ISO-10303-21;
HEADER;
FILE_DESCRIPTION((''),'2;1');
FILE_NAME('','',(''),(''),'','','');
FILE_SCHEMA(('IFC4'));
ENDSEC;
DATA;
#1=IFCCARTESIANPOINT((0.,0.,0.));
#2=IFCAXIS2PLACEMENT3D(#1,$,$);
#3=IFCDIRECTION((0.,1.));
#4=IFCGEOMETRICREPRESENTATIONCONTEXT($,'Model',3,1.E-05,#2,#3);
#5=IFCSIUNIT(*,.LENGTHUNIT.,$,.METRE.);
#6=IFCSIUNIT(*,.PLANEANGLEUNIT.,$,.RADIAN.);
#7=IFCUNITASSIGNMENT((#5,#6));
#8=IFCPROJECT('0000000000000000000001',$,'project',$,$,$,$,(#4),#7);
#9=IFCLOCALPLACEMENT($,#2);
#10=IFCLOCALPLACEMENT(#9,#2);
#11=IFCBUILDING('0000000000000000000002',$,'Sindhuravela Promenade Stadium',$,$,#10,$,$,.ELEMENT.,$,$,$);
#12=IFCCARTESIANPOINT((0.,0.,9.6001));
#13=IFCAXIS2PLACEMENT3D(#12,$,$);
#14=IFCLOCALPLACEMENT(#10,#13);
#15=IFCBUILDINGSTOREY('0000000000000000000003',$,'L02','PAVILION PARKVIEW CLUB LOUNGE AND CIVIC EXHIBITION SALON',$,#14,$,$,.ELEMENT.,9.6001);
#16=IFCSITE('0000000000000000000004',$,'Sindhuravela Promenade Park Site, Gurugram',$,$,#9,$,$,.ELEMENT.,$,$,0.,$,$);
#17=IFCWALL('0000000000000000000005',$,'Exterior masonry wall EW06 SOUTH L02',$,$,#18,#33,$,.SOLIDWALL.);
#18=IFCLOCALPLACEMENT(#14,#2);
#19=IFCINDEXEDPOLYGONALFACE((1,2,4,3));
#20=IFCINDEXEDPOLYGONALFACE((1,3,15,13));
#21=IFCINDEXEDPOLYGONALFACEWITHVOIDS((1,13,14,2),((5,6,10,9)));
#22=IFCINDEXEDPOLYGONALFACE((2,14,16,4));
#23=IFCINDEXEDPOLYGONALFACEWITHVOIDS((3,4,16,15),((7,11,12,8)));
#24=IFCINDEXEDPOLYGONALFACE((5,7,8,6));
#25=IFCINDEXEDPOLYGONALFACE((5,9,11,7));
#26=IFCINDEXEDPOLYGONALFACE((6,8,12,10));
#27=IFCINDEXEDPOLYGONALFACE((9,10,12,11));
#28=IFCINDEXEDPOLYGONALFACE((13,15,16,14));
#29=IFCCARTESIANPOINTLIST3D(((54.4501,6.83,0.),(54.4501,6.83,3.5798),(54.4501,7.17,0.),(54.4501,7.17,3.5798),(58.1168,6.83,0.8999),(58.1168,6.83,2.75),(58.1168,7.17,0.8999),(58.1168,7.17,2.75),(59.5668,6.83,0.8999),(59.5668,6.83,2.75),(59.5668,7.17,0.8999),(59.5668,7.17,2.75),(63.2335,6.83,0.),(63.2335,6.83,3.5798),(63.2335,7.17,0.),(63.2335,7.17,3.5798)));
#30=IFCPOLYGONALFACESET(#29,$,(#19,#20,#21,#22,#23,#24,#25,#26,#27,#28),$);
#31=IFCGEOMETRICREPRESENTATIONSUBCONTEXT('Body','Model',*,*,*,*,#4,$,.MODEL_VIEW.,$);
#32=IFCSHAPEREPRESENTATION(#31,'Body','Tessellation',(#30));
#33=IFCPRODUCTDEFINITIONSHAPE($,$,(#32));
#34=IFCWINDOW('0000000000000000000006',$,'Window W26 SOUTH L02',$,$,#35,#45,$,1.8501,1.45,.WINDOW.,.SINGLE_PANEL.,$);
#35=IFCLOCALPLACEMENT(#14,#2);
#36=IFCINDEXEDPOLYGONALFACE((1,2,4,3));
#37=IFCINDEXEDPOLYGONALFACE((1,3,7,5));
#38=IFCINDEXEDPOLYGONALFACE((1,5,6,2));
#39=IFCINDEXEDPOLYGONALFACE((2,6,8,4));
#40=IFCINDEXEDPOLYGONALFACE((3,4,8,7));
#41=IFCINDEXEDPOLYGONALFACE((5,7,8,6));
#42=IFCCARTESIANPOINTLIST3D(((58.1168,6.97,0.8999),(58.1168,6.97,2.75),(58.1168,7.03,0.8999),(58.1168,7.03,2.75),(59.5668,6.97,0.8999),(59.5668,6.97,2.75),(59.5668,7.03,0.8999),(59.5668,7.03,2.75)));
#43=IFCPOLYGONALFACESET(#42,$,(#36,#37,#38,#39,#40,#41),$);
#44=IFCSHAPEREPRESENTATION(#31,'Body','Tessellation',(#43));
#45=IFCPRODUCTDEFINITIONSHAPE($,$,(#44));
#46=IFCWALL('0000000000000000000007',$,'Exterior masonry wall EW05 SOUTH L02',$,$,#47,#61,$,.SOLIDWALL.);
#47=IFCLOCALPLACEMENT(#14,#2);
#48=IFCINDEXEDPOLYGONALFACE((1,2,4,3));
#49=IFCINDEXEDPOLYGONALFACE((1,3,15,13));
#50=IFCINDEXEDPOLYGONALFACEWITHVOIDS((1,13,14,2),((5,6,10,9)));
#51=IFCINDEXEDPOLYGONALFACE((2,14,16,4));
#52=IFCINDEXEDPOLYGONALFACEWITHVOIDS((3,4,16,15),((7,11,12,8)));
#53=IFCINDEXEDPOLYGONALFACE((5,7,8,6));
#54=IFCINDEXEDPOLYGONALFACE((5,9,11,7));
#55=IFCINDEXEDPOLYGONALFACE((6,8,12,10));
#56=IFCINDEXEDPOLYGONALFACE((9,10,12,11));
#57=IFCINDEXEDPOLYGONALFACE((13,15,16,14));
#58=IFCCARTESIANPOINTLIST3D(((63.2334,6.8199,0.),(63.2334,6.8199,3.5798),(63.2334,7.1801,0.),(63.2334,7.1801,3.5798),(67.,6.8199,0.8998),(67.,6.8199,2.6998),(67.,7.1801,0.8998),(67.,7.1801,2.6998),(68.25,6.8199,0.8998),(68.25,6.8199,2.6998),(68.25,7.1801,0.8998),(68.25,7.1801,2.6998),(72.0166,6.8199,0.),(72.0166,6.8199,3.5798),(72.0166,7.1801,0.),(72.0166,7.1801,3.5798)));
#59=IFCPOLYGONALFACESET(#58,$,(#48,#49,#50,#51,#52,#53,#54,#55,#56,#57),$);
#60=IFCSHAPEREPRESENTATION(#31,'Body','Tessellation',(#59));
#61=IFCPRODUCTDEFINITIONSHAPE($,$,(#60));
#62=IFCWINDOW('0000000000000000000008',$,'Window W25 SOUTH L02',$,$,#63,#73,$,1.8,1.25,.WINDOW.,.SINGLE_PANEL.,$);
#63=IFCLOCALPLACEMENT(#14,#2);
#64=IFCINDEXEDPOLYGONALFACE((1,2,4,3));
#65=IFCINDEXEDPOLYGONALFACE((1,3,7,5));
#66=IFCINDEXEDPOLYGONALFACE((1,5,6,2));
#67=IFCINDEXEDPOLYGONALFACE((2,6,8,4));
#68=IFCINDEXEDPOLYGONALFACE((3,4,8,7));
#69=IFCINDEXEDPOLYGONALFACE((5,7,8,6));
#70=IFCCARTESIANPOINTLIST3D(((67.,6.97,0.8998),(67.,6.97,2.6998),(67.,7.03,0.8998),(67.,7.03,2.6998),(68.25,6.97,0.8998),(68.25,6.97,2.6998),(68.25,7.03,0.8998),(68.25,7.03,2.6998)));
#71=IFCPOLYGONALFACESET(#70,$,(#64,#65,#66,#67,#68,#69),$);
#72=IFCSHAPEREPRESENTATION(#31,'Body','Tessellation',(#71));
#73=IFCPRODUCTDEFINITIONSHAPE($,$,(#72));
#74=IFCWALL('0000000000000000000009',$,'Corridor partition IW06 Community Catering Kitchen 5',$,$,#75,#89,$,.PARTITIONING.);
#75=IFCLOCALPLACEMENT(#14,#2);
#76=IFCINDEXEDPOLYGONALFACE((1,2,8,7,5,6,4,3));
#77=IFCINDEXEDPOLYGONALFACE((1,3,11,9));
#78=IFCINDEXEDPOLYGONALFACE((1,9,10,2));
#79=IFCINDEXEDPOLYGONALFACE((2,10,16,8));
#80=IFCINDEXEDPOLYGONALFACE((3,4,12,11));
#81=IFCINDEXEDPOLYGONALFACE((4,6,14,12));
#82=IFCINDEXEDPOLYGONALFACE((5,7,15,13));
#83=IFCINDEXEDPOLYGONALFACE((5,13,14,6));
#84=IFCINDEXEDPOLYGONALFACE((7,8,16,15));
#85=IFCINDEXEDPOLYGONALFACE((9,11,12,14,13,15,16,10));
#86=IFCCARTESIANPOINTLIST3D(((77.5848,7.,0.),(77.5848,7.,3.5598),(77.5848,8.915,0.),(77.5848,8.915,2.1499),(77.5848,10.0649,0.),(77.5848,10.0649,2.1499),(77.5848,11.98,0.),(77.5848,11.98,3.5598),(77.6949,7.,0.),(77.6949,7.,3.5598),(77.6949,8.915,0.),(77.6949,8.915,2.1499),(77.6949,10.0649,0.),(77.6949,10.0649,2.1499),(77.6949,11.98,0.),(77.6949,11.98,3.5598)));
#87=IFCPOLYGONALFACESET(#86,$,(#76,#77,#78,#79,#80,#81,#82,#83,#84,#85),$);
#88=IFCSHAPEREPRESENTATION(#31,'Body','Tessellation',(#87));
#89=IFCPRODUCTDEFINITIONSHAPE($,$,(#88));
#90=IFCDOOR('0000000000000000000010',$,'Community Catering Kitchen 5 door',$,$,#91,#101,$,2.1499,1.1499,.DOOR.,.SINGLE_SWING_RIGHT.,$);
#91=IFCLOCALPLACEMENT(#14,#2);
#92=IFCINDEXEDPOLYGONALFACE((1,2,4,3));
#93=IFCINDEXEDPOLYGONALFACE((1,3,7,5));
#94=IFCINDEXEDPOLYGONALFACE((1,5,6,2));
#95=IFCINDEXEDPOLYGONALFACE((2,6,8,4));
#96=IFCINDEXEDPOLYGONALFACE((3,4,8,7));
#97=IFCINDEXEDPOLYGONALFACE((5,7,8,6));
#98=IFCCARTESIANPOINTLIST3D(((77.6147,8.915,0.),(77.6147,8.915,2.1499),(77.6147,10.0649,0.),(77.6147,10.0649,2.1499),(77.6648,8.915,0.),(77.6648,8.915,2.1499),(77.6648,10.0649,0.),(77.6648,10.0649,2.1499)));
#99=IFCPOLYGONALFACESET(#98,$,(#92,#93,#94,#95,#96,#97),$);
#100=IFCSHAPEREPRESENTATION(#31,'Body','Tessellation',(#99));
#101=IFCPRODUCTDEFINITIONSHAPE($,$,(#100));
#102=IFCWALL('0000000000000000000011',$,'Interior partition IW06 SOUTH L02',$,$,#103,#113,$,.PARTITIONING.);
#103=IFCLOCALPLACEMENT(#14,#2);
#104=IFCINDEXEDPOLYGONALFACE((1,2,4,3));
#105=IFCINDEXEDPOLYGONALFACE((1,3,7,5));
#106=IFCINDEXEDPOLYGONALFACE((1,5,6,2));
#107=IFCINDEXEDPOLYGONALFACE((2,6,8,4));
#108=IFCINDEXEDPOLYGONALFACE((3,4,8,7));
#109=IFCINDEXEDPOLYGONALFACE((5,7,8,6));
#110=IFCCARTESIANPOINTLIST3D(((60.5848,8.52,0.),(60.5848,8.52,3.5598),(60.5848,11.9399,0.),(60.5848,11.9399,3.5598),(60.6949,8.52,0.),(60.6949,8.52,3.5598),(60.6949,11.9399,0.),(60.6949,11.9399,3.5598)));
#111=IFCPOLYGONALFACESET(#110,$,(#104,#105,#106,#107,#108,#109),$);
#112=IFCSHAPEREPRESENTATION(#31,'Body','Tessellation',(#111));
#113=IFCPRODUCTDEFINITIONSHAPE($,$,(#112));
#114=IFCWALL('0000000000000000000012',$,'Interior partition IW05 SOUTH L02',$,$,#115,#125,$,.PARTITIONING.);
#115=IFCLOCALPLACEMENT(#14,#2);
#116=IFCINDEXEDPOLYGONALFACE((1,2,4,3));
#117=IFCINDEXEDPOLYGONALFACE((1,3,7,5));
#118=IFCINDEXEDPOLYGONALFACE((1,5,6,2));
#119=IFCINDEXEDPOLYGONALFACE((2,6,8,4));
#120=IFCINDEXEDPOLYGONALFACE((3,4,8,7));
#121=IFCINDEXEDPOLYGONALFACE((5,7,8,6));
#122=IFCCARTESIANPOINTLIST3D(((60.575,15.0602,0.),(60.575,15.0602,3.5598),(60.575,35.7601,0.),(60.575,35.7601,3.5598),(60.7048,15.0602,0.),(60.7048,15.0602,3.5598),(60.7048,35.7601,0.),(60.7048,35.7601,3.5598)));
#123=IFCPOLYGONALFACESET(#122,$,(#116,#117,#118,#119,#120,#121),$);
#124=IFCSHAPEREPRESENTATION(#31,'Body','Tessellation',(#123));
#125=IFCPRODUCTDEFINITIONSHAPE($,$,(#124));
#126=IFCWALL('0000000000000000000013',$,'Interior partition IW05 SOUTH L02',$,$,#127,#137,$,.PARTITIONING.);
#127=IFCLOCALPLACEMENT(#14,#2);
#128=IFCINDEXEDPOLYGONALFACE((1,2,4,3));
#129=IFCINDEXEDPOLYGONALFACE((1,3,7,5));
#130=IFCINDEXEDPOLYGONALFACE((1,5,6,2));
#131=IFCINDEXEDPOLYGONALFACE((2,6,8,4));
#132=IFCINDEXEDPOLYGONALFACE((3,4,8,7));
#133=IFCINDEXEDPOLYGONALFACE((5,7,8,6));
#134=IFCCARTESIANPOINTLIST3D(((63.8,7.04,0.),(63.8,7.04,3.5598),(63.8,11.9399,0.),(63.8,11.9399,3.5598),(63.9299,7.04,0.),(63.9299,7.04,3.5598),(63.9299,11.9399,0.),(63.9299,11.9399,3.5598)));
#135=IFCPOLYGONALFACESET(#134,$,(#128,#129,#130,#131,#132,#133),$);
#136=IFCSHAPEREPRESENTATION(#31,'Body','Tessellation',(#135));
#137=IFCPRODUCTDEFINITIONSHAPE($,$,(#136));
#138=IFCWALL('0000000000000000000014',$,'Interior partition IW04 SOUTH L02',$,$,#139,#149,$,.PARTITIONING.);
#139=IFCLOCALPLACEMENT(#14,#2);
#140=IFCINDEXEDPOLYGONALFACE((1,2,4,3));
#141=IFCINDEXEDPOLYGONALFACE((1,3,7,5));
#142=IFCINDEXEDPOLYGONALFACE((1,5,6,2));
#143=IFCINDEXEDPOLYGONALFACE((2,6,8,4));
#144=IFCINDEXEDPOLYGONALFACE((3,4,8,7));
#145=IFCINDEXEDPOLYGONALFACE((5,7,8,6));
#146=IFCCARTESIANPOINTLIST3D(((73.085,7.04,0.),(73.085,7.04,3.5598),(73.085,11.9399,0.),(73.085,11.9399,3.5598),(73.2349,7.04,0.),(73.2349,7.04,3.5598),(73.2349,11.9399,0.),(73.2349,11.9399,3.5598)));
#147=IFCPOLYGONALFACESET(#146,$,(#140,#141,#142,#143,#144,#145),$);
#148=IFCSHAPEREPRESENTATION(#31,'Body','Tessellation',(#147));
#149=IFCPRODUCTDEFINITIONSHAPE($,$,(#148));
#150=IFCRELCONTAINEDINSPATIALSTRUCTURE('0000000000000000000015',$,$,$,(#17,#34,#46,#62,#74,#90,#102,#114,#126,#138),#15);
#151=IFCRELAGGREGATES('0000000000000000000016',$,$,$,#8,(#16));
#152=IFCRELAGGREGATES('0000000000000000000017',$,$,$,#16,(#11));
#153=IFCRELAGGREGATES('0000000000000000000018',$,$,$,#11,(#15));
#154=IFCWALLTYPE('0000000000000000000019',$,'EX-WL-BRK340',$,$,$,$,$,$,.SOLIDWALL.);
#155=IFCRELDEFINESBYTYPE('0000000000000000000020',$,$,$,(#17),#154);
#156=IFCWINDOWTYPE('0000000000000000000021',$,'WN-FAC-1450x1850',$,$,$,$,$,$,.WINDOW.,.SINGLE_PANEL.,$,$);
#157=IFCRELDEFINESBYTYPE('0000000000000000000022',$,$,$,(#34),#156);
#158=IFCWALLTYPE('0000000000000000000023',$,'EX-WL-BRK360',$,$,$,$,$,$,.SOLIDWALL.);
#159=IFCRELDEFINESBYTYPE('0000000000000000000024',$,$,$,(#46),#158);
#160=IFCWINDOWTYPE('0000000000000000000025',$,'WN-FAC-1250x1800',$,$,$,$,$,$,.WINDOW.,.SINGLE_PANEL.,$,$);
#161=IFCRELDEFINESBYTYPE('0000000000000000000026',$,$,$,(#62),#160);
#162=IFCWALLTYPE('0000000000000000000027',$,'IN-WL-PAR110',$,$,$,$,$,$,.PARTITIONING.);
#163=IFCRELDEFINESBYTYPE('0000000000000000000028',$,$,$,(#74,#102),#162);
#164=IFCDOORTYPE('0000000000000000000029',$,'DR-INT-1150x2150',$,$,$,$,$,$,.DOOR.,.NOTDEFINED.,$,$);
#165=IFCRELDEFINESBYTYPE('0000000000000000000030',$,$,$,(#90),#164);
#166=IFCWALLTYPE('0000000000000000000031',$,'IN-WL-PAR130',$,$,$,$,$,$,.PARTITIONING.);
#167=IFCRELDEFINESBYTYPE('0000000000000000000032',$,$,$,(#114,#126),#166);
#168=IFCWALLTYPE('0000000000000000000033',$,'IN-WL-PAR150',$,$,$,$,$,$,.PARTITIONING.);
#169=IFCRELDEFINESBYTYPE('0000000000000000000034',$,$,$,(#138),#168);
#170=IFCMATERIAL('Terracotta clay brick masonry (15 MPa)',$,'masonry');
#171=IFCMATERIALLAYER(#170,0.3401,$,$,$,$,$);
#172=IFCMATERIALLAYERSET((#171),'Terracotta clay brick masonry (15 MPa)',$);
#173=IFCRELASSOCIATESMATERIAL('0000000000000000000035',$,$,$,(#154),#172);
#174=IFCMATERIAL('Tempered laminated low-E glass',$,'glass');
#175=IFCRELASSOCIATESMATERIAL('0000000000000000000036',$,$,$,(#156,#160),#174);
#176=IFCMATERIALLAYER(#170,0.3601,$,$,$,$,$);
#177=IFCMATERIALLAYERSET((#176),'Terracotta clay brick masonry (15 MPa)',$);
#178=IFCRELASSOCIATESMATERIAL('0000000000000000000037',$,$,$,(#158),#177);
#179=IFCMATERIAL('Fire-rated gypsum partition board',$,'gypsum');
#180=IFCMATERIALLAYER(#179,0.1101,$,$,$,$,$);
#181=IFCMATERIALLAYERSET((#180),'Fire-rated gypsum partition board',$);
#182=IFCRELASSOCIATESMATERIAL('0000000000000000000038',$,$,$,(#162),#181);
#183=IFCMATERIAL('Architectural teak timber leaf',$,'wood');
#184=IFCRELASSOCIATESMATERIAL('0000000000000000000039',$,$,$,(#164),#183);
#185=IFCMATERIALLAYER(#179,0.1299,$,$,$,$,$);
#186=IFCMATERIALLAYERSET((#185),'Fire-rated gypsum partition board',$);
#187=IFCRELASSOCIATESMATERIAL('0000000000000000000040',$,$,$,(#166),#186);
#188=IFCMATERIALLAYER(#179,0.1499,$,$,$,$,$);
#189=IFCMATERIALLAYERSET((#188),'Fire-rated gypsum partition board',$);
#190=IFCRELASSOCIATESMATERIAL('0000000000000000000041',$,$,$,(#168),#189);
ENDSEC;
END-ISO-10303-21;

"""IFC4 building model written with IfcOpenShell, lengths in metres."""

from ifc_helpers import new_model, si_unit, direction, frame, frame_2d, origin, place, context, subcontext, project, spatial, rectangle, extrude, material, layer, layer_set, type_object, element, fill, save


model = new_model("IFC4")

# Units and contexts
model_context = context("Model", 3, precision=1e-05, world=origin(), true_north=direction((0.0, 1.0)))
body_context = subcontext(model_context, "Body", "Model", "MODEL_VIEW")
ifc_project = project(units=[si_unit("LENGTHUNIT", "METRE"), si_unit("PLANEANGLEUNIT", "RADIAN")], contexts=[model_context])

# Site, building, storey
site_placement = place(None, origin())
site = spatial("IfcSite", under=ifc_project, at=site_placement, Name="Sindhuravela Promenade Park Site, Gurugram", CompositionType="ELEMENT", RefElevation=0.0)
building_placement = place(site_placement, origin())
building = spatial("IfcBuilding", under=site, at=building_placement, Name="Sindhuravela Promenade Stadium", CompositionType="ELEMENT")
storey_placement = place(building_placement, frame((0.0, 0.0, 9.6001)))
storey = spatial("IfcBuildingStorey", under=building, at=storey_placement, Name="L02", Description="PAVILION PARKVIEW CLUB LOUNGE AND CIVIC EXHIBITION SALON", CompositionType="ELEMENT", Elevation=9.6001)

# Walls, openings, windows
ifc_material_1 = material(Name="Terracotta clay brick masonry (15 MPa)", Category="masonry")
ifc_layer_1 = layer(ifc_material_1, 0.3401)
ifc_layer_set_1 = layer_set([ifc_layer_1], Name="Terracotta clay brick masonry (15 MPa)")
wall_type_1 = type_object("IfcWallType", Name="EX-WL-BRK340", PredefinedType="SOLIDWALL", material=ifc_layer_set_1)
wall_1_placement = place(storey_placement, frame((63.2334, 7.0, 0.0), z_axis=(0.0, 0.0, 1.0), x_axis=(-1.0, 0.0, 0.0)))
wall_1 = element("IfcWall", 1, at=wall_1_placement, inside=storey, type_object=wall_type_1, Name="Exterior masonry wall EW06 SOUTH L02", PredefinedType="SOLIDWALL", context=body_context, shape_type="SweptSolid", body=[
    extrude(rectangle(XDim=8.7834, YDim=0.3401, at=frame_2d((4.3916, 0.0))), origin(), (0.0, 0.0, 1.0), 3.5798),
])
opening_1_placement = place(wall_1_placement, frame((3.6665, 0.0, 0.8999)))
opening_1 = element("IfcOpeningElement", 2, at=opening_1_placement, cuts=wall_1, PredefinedType="OPENING", context=body_context, shape_type="SweptSolid", body=[
    extrude(rectangle(XDim=1.45, YDim=1.8501, at=frame_2d((0.7251, 0.925))), frame((0.0, 0.1799, 0.0), z_axis=(0.0, -1.0, 0.0), x_axis=(1.0, 0.0, 0.0)), (0.0, 0.0, 1.0), 0.3601),
])
ifc_material_2 = material(Name="Tempered laminated low-E glass", Category="glass")
window_type_1 = type_object("IfcWindowType", Name="WN-FAC-1450x1850", PartitioningType="SINGLE_PANEL", PredefinedType="WINDOW", material=ifc_material_2)
window_1_placement = place(opening_1_placement, origin())
window_1 = element("IfcWindow", 3, at=window_1_placement, inside=storey, type_object=window_type_1, Name="Window W26 SOUTH L02", OverallHeight=1.8501, OverallWidth=1.45, PartitioningType="SINGLE_PANEL", PredefinedType="WINDOW", context=body_context, shape_type="SweptSolid", body=[
    extrude(rectangle(XDim=1.45, YDim=1.8501, at=frame_2d((0.7251, 0.925))), frame((0.0, 0.03, 0.0), z_axis=(0.0, -1.0, 0.0), x_axis=(1.0, 0.0, 0.0)), (0.0, 0.0, 1.0), 0.0601),
])
fill(opening_1, window_1)
ifc_layer_2 = layer(ifc_material_1, 0.3601)
ifc_layer_set_2 = layer_set([ifc_layer_2], Name="Terracotta clay brick masonry (15 MPa)")
wall_type_2 = type_object("IfcWallType", Name="EX-WL-BRK360", PredefinedType="SOLIDWALL", material=ifc_layer_set_2)
wall_2_placement = place(storey_placement, frame((72.0166, 7.0, 0.0), z_axis=(0.0, 0.0, 1.0), x_axis=(-1.0, 0.0, 0.0)))
wall_2 = element("IfcWall", 4, at=wall_2_placement, inside=storey, type_object=wall_type_2, Name="Exterior masonry wall EW05 SOUTH L02", PredefinedType="SOLIDWALL", context=body_context, shape_type="SweptSolid", body=[
    extrude(rectangle(XDim=8.7832, YDim=0.3601, at=frame_2d((4.3916, 0.0))), origin(), (0.0, 0.0, 1.0), 3.5798),
])
opening_2_placement = place(wall_2_placement, frame((3.7666, 0.0, 0.8999)))
opening_2 = element("IfcOpeningElement", 5, at=opening_2_placement, cuts=wall_2, PredefinedType="OPENING", context=body_context, shape_type="SweptSolid", body=[
    extrude(rectangle(XDim=1.25, YDim=1.8, at=frame_2d((0.625, 0.8999))), frame((0.0, 0.1899, 0.0), z_axis=(0.0, -1.0, 0.0), x_axis=(1.0, 0.0, 0.0)), (0.0, 0.0, 1.0), 0.3801),
])
window_type_2 = type_object("IfcWindowType", Name="WN-FAC-1250x1800", PartitioningType="SINGLE_PANEL", PredefinedType="WINDOW", material=ifc_material_2)
window_2_placement = place(opening_2_placement, origin())
window_2 = element("IfcWindow", 6, at=window_2_placement, inside=storey, type_object=window_type_2, Name="Window W25 SOUTH L02", OverallHeight=1.8, OverallWidth=1.25, PartitioningType="SINGLE_PANEL", PredefinedType="WINDOW", context=body_context, shape_type="SweptSolid", body=[
    extrude(rectangle(XDim=1.25, YDim=1.8, at=frame_2d((0.625, 0.8999))), frame((0.0, 0.03, 0.0), z_axis=(0.0, -1.0, 0.0), x_axis=(1.0, 0.0, 0.0)), (0.0, 0.0, 1.0), 0.0601),
])
fill(opening_2, window_2)

# Wall, opening, door
ifc_material_3 = material(Name="Fire-rated gypsum partition board", Category="gypsum")
ifc_layer_3 = layer(ifc_material_3, 0.1101)
ifc_layer_set_3 = layer_set([ifc_layer_3], Name="Fire-rated gypsum partition board")
wall_type_3 = type_object("IfcWallType", Name="IN-WL-PAR110", PredefinedType="PARTITIONING", material=ifc_layer_set_3)
wall_3_placement = place(storey_placement, frame((77.6399, 11.98, 0.0), z_axis=(0.0, 0.0, 1.0), x_axis=(0.0, -1.0, 0.0)))
wall_3 = element("IfcWall", 7, at=wall_3_placement, inside=storey, type_object=wall_type_3, Name="Corridor partition IW06 Community Catering Kitchen 5", PredefinedType="PARTITIONING", context=body_context, shape_type="SweptSolid", body=[
    extrude(rectangle(XDim=4.98, YDim=0.1101, at=frame_2d((2.49, 0.0))), origin(), (0.0, 0.0, 1.0), 3.5598),
])
opening_3_placement = place(wall_3_placement, frame((1.915, 0.0, 0.0)))
opening_3 = element("IfcOpeningElement", 8, at=opening_3_placement, cuts=wall_3, PredefinedType="OPENING", context=body_context, shape_type="SweptSolid", body=[
    extrude(rectangle(XDim=1.1499, YDim=2.1499, at=frame_2d((0.575, 1.075))), frame((0.0, 0.0649, 0.0), z_axis=(0.0, -1.0, 0.0), x_axis=(1.0, 0.0, 0.0)), (0.0, 0.0, 1.0), 0.1301),
])
ifc_material_4 = material(Name="Architectural teak timber leaf", Category="wood")
door_type_1 = type_object("IfcDoorType", Name="DR-INT-1150x2150", OperationType="NOTDEFINED", PredefinedType="DOOR", material=ifc_material_4)
door_1_placement = place(opening_3_placement, origin())
door_1 = element("IfcDoor", 9, at=door_1_placement, inside=storey, type_object=door_type_1, Name="Community Catering Kitchen 5 door", OperationType="SINGLE_SWING_RIGHT", OverallHeight=2.1499, OverallWidth=1.1499, PredefinedType="DOOR", context=body_context, shape_type="SweptSolid", body=[
    extrude(rectangle(XDim=1.1499, YDim=2.1499, at=frame_2d((0.575, 1.075))), frame((0.0, 0.0249, 0.0), z_axis=(0.0, -1.0, 0.0), x_axis=(1.0, 0.0, 0.0)), (0.0, 0.0, 1.0), 0.05),
])
fill(opening_3, door_1)

# Walls
wall_4_placement = place(storey_placement, frame((60.6399, 8.52, 0.0), z_axis=(0.0, 0.0, 1.0), x_axis=(0.0, 1.0, 0.0)))
element("IfcWall", 10, at=wall_4_placement, inside=storey, type_object=wall_type_3, Name="Interior partition IW06 SOUTH L02", PredefinedType="PARTITIONING", context=body_context, shape_type="SweptSolid", body=[
    extrude(rectangle(XDim=3.4199, YDim=0.1101, at=frame_2d((1.71, 0.0))), origin(), (0.0, 0.0, 1.0), 3.5598),
])
ifc_layer_4 = layer(ifc_material_3, 0.1299)
ifc_layer_set_4 = layer_set([ifc_layer_4], Name="Fire-rated gypsum partition board")
wall_type_4 = type_object("IfcWallType", Name="IN-WL-PAR130", PredefinedType="PARTITIONING", material=ifc_layer_set_4)
wall_5_placement = place(storey_placement, frame((60.6399, 15.0601, 0.0), z_axis=(0.0, 0.0, 1.0), x_axis=(0.0, 1.0, 0.0)))
element("IfcWall", 11, at=wall_5_placement, inside=storey, type_object=wall_type_4, Name="Interior partition IW05 SOUTH L02", PredefinedType="PARTITIONING", context=body_context, shape_type="SweptSolid", body=[
    extrude(rectangle(XDim=20.7, YDim=0.1299, at=frame_2d((10.3501, 0.0))), origin(), (0.0, 0.0, 1.0), 3.5598),
])
wall_6_placement = place(storey_placement, frame((63.865, 7.04, 0.0), z_axis=(0.0, 0.0, 1.0), x_axis=(0.0, 1.0, 0.0)))
element("IfcWall", 12, at=wall_6_placement, inside=storey, type_object=wall_type_4, Name="Interior partition IW05 SOUTH L02", PredefinedType="PARTITIONING", context=body_context, shape_type="SweptSolid", body=[
    extrude(rectangle(XDim=4.8999, YDim=0.1299, at=frame_2d((2.45, 0.0))), origin(), (0.0, 0.0, 1.0), 3.5598),
])
ifc_layer_5 = layer(ifc_material_3, 0.1499)
ifc_layer_set_5 = layer_set([ifc_layer_5], Name="Fire-rated gypsum partition board")
wall_type_5 = type_object("IfcWallType", Name="IN-WL-PAR150", PredefinedType="PARTITIONING", material=ifc_layer_set_5)
wall_7_placement = place(storey_placement, frame((73.1599, 11.9399, 0.0), z_axis=(0.0, 0.0, 1.0), x_axis=(0.0, -1.0, 0.0)))
element("IfcWall", 13, at=wall_7_placement, inside=storey, type_object=wall_type_5, Name="Interior partition IW04 SOUTH L02", PredefinedType="PARTITIONING", context=body_context, shape_type="SweptSolid", body=[
    extrude(rectangle(XDim=4.8999, YDim=0.1499, at=frame_2d((2.45, 0.0))), origin(), (0.0, 0.0, 1.0), 3.5598),
])

save(model, "model.ifc")
